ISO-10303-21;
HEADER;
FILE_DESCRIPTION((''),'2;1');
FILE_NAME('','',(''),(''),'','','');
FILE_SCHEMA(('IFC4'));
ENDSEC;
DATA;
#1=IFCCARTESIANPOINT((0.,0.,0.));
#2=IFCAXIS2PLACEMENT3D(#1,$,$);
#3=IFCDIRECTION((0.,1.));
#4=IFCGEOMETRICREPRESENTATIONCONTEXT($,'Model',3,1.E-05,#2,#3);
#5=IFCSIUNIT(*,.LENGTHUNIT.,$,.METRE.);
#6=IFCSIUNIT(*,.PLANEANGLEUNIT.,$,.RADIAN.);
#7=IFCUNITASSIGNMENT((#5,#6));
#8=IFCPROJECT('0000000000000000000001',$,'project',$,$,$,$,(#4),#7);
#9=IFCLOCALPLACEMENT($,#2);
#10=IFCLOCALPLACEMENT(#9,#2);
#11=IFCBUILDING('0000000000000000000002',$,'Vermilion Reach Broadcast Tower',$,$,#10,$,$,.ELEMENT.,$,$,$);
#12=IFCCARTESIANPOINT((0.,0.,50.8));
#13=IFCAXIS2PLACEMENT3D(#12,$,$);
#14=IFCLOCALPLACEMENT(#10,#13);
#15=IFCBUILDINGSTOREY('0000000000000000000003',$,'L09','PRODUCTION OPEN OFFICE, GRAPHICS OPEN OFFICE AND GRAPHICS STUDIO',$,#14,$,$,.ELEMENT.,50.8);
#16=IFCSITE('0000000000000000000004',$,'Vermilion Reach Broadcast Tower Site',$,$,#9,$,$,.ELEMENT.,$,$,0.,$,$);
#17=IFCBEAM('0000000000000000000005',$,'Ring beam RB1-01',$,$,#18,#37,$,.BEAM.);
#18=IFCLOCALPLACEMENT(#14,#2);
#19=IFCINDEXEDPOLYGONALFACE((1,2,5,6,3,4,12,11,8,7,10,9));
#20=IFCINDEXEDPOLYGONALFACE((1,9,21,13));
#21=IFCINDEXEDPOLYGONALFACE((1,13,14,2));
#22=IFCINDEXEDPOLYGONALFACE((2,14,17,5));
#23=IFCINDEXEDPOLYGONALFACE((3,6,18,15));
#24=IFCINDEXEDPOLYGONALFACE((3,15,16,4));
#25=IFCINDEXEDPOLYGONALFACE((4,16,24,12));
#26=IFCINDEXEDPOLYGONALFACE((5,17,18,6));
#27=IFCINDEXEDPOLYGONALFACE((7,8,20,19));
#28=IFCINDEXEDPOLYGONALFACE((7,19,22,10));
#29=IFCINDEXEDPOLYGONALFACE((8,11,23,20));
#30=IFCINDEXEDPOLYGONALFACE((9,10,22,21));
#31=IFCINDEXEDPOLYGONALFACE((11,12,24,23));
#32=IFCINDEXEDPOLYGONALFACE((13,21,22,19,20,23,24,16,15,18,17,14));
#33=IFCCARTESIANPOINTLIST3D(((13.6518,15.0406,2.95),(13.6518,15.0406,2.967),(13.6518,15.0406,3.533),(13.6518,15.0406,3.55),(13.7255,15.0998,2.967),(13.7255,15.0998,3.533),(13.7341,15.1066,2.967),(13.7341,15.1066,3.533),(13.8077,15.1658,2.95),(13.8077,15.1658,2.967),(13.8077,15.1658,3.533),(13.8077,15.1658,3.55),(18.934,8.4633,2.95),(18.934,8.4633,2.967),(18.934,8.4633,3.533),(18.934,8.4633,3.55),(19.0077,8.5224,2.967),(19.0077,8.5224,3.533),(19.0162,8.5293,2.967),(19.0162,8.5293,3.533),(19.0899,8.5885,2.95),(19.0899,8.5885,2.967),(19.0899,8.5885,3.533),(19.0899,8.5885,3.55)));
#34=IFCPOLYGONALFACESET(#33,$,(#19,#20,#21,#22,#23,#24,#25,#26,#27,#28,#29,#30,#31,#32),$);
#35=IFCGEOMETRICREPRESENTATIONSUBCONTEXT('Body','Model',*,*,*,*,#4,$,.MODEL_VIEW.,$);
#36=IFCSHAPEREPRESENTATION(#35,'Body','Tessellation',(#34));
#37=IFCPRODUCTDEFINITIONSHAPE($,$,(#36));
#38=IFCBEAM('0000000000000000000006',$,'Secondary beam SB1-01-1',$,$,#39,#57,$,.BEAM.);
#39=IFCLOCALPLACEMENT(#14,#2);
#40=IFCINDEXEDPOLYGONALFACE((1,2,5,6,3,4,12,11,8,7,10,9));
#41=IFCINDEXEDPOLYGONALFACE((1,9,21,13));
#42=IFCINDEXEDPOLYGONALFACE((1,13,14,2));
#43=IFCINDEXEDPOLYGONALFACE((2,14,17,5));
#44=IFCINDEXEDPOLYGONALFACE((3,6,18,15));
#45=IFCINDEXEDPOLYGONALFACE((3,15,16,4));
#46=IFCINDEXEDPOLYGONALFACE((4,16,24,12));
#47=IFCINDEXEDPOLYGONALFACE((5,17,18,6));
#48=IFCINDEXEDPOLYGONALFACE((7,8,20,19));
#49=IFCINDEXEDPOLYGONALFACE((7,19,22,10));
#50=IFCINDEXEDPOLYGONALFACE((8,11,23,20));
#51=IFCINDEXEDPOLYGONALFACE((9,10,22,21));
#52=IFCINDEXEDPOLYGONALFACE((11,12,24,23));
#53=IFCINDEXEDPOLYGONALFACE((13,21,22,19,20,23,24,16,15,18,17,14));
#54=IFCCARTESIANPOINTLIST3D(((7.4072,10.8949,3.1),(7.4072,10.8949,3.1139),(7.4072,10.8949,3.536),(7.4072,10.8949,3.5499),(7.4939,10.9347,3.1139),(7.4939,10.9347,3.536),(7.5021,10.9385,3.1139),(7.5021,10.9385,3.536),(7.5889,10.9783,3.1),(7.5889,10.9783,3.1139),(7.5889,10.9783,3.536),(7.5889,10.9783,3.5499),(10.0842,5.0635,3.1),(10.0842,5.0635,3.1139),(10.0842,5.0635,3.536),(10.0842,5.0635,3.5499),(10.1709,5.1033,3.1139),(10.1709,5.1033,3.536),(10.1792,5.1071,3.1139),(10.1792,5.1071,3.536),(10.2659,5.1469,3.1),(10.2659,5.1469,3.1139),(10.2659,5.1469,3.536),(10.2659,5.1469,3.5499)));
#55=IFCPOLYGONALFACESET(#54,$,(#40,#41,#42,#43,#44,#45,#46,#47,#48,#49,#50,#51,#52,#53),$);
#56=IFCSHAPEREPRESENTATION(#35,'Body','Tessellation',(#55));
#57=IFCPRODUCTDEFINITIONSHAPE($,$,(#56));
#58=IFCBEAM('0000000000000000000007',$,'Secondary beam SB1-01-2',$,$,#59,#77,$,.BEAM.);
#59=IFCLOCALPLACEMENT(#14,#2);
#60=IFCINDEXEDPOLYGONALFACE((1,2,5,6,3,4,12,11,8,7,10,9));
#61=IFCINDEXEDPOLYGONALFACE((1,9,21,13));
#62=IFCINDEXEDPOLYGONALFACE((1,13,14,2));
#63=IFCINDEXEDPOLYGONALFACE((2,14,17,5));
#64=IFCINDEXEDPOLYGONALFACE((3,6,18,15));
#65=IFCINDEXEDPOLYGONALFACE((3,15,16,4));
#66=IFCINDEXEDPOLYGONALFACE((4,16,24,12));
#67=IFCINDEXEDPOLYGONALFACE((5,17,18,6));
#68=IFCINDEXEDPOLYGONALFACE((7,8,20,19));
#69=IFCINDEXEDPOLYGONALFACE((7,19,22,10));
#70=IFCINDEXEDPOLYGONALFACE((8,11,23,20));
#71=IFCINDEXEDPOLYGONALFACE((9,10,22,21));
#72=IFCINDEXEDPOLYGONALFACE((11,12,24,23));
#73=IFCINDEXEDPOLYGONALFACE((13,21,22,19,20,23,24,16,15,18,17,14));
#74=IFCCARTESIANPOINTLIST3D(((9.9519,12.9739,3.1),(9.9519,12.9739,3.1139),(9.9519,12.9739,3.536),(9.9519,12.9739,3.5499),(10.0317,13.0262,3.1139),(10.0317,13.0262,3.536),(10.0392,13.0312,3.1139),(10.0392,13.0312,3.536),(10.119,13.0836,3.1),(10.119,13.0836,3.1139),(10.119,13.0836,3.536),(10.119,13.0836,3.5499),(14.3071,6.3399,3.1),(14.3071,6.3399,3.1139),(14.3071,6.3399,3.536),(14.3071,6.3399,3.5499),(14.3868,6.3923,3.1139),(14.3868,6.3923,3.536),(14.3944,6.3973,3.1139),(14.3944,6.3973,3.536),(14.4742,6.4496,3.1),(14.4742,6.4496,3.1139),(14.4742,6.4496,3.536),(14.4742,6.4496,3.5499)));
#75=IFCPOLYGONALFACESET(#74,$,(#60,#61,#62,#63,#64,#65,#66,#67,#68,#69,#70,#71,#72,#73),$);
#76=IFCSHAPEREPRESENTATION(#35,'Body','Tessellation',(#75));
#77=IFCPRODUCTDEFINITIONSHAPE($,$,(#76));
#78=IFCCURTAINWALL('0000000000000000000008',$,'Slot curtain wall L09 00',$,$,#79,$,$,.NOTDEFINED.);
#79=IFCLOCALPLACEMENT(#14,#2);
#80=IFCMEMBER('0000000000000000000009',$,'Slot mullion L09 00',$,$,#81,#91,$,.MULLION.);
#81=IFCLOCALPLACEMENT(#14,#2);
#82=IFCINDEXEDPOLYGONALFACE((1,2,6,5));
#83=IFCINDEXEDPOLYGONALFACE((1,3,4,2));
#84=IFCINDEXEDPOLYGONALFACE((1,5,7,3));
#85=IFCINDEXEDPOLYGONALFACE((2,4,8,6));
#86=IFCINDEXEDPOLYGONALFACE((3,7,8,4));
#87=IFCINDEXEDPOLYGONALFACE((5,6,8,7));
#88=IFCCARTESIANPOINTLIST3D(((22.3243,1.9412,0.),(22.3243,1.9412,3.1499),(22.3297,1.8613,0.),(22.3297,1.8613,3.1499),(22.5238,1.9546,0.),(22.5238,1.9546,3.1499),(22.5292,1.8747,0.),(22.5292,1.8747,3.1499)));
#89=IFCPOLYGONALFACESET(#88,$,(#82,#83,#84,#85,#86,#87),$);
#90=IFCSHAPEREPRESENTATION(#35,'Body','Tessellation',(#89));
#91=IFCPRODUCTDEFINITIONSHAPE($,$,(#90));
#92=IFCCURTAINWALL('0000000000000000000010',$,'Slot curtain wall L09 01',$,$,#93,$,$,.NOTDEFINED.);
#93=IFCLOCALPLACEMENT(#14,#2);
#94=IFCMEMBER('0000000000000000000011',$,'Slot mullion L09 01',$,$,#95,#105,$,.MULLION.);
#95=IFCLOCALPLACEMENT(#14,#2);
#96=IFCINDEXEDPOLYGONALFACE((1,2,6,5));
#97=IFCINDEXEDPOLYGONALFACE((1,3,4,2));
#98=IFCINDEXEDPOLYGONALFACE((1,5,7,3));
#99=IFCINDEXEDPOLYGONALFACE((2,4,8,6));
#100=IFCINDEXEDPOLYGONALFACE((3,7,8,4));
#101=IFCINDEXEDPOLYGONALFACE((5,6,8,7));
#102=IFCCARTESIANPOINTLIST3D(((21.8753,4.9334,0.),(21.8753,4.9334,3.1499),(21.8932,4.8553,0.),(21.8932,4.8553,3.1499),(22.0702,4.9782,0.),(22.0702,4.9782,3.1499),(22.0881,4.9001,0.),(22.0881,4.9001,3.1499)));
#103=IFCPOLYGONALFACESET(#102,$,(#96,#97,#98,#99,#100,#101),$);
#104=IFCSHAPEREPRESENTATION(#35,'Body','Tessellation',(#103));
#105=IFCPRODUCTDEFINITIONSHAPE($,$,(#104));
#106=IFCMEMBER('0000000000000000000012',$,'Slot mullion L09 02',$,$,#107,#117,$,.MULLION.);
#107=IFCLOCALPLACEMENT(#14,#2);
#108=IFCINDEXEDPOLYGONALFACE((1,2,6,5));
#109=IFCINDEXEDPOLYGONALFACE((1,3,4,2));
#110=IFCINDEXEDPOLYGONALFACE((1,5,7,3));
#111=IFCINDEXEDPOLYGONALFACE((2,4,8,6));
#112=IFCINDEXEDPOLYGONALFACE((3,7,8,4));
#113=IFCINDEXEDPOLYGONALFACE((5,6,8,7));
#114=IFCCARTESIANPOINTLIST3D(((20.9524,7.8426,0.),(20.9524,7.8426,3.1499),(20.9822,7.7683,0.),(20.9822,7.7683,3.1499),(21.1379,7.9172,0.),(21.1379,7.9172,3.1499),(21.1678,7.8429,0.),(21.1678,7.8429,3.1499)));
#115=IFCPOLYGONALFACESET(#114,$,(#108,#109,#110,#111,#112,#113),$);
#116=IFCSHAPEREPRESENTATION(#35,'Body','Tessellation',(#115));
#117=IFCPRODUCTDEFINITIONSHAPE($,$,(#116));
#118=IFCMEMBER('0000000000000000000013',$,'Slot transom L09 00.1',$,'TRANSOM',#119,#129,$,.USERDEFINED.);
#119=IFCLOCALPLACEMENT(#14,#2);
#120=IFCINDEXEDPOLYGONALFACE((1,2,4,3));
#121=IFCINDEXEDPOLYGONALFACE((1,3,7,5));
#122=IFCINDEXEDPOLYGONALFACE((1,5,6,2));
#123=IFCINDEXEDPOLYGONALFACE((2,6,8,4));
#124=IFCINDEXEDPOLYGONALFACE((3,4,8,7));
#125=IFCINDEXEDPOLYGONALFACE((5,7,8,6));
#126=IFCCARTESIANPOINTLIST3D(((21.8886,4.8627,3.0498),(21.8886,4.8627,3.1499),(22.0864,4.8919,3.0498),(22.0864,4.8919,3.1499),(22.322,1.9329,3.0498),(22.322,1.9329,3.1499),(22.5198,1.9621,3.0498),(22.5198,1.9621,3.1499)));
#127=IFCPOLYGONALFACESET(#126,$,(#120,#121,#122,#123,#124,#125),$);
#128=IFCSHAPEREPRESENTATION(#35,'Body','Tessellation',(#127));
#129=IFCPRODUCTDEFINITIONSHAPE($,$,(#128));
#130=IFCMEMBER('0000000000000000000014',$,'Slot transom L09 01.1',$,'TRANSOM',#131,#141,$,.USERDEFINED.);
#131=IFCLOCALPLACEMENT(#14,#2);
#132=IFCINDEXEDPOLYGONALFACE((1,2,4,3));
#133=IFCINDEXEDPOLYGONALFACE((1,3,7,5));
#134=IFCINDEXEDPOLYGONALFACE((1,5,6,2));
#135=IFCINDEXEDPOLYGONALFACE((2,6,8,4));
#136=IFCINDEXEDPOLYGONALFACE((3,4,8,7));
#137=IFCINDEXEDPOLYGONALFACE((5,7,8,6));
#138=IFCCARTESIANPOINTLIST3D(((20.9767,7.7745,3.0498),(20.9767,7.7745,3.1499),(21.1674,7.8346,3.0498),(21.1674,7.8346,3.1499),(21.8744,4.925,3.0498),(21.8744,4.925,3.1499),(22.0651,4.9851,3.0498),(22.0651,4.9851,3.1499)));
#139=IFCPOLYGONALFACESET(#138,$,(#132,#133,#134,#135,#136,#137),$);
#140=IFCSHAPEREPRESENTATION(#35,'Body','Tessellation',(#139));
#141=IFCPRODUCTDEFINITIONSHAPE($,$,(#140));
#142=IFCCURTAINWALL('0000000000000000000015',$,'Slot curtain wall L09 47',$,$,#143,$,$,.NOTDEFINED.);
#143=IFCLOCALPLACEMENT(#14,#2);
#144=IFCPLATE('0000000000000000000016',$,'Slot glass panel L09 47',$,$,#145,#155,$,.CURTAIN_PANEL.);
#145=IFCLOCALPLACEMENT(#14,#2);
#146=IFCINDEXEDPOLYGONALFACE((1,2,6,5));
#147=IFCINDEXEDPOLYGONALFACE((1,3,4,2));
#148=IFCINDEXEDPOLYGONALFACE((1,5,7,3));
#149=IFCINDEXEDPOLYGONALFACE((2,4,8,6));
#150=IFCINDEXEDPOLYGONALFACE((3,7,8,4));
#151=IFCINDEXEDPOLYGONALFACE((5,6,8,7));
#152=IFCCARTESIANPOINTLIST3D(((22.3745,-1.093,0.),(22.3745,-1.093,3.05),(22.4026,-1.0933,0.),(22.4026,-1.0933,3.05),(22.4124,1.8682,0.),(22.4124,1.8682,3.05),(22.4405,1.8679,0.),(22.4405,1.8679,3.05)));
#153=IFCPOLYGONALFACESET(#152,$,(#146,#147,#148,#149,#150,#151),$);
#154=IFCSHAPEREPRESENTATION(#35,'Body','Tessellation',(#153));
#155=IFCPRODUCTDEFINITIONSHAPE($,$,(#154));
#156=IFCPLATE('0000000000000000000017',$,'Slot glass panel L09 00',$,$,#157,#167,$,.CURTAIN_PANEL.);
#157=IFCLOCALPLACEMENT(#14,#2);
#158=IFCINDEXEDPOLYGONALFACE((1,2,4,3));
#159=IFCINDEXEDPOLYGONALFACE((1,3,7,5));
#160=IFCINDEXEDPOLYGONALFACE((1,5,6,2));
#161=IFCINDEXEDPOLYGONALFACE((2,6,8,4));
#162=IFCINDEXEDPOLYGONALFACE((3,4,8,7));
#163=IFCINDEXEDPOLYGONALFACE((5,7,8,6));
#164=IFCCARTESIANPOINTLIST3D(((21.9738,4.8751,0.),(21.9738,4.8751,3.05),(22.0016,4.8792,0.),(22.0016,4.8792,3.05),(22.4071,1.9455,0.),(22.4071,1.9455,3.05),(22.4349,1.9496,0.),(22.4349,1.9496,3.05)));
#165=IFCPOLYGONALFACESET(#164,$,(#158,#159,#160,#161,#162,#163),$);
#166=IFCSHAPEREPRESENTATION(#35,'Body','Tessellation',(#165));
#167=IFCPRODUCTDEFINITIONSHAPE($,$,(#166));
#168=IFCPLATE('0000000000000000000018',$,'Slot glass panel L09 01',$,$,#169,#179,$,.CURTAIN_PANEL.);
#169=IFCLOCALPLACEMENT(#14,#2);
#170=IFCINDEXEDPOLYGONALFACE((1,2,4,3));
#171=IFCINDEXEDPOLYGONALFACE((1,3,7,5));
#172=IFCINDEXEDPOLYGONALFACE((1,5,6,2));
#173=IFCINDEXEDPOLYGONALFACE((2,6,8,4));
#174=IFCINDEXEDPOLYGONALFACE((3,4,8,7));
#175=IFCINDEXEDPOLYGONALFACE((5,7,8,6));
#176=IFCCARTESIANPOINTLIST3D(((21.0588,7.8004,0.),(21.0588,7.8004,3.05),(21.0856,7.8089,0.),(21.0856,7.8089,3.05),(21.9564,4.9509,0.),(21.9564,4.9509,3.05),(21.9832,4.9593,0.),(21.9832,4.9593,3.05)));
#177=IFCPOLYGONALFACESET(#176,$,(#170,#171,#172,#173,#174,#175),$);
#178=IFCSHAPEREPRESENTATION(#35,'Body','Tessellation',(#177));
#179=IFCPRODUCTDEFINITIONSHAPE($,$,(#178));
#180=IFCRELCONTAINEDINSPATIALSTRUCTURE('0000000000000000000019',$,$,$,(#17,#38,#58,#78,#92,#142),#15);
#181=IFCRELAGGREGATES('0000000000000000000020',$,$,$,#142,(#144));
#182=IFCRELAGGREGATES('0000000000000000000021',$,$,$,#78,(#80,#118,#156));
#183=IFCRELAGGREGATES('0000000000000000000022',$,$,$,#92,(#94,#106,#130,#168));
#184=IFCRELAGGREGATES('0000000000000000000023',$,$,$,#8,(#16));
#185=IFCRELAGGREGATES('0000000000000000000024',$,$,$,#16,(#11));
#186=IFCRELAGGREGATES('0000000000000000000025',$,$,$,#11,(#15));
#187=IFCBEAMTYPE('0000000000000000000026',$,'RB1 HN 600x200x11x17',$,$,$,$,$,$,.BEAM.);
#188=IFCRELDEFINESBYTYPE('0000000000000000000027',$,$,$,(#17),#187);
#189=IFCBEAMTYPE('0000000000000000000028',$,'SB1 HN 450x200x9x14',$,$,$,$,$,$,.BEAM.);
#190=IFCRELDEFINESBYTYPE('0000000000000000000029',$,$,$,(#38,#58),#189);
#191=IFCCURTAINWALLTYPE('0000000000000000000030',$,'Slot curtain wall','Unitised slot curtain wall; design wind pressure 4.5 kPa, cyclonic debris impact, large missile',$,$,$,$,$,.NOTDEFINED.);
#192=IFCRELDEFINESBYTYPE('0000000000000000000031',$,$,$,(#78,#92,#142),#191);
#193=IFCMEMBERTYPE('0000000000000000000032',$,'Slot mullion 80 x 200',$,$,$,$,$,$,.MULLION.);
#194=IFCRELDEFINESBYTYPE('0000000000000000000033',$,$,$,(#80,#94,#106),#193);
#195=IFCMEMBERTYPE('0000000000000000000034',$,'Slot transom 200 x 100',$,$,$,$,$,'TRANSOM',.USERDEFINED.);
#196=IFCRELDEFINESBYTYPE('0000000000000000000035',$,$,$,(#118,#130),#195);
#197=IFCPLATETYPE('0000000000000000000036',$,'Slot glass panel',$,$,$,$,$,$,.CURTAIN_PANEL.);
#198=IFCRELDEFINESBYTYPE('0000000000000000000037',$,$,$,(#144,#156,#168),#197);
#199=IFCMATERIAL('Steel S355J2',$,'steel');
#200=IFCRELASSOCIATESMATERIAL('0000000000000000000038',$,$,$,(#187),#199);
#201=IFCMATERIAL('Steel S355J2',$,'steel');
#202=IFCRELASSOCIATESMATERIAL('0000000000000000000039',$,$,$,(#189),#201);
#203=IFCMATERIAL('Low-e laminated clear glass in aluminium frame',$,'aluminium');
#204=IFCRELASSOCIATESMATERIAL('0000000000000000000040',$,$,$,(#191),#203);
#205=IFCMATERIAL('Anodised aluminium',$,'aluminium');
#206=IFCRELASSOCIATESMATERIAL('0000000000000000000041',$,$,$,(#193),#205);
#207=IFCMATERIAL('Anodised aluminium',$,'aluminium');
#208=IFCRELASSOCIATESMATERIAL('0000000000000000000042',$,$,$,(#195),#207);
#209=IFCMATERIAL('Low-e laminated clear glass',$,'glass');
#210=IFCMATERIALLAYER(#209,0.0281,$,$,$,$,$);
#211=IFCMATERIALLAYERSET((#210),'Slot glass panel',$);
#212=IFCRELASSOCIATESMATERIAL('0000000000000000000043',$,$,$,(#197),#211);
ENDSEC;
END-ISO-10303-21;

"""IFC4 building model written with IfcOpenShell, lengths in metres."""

from ifc_helpers import new_model, si_unit, direction, frame, origin, origin_2d, place, context, subcontext, project, spatial, rectangle, i_section, extrude, material, layer, layer_set, material_profile, profile_set, type_object, element, aggregate, save


model = new_model("IFC4")

# Units and contexts
model_context = context("Model", 3, precision=1e-05, world=origin(), true_north=direction((0.0, 1.0)))
body_context = subcontext(model_context, "Body", "Model", "MODEL_VIEW")
ifc_project = project(units=[si_unit("LENGTHUNIT", "METRE"), si_unit("PLANEANGLEUNIT", "RADIAN")], contexts=[model_context])

# Site, building, storey
site_placement = place(None, origin())
site = spatial("IfcSite", under=ifc_project, at=site_placement, Name="Vermilion Reach Broadcast Tower Site", CompositionType="ELEMENT", RefElevation=0.0)
building_placement = place(site_placement, origin())
building = spatial("IfcBuilding", under=site, at=building_placement, Name="Vermilion Reach Broadcast Tower", CompositionType="ELEMENT")
storey_placement = place(building_placement, frame((0.0, 0.0, 50.8)))
storey = spatial("IfcBuildingStorey", under=building, at=storey_placement, Name="L09", Description="PRODUCTION OPEN OFFICE, GRAPHICS OPEN OFFICE AND GRAPHICS STUDIO", CompositionType="ELEMENT", Elevation=50.8)

# Beams
ifc_material_1 = material(Name="Steel S355J2", Category="steel")
ifc_material_profile_1 = material_profile(ifc_material_1, i_section(OverallWidth=0.2, OverallDepth=0.6001, WebThickness=0.011, FlangeThickness=0.0171, at=origin_2d()), Name="S355J2 HN 600x200x11x17")
ifc_profile_set_1 = profile_set([ifc_material_profile_1], Name="Steel S355J2")
beam_type_1 = type_object("IfcBeamType", Name="RB1 HN 600x200x11x17", PredefinedType="BEAM", material=ifc_profile_set_1)
beam_1_placement = place(storey_placement, frame((19.012, 8.5259, 3.25), z_axis=(-0.626162, 0.779693, 0.0), x_axis=(-0.779693, -0.626162, 0.0)))
element("IfcBeam", 1, at=beam_1_placement, inside=storey, type_object=beam_type_1, Name="Ring beam RB1-01", PredefinedType="BEAM", context=body_context, shape_type="SweptSolid", body=[
    extrude(i_section(OverallWidth=0.2, OverallDepth=0.6001, WebThickness=0.011, FlangeThickness=0.0171, at=origin_2d()), origin(), (0.0, 0.0, 1.0), 8.4358),
])
ifc_material_2 = material(Name="Steel S355J2", Category="steel")
ifc_material_profile_2 = material_profile(ifc_material_2, i_section(OverallWidth=0.2, OverallDepth=0.45, WebThickness=0.009, FlangeThickness=0.0139, at=origin_2d()), Name="S355J2 HN 450x200x9x14")
ifc_profile_set_2 = profile_set([ifc_material_profile_2], Name="Steel S355J2")
beam_type_2 = type_object("IfcBeamType", Name="SB1 HN 450x200x9x14", PredefinedType="BEAM", material=ifc_profile_set_2)
beam_2_placement = place(storey_placement, frame((10.175, 5.1052, 3.325), z_axis=(-0.417211, 0.908809, 0.0), x_axis=(-0.908809, -0.417211, 0.0)))
element("IfcBeam", 2, at=beam_2_placement, inside=storey, type_object=beam_type_2, Name="Secondary beam SB1-01-1", PredefinedType="BEAM", context=body_context, shape_type="SweptSolid", body=[
    extrude(i_section(OverallWidth=0.2, OverallDepth=0.45, WebThickness=0.009, FlangeThickness=0.0139, at=origin_2d()), origin(), (0.0, 0.0, 1.0), 6.4165),
])
beam_3_placement = place(storey_placement, frame((14.3906, 6.3948, 3.325), z_axis=(-0.548801, 0.835953, 0.0), x_axis=(-0.835953, -0.548801, 0.0)))
element("IfcBeam", 3, at=beam_3_placement, inside=storey, type_object=beam_type_2, Name="Secondary beam SB1-01-2", PredefinedType="BEAM", context=body_context, shape_type="SweptSolid", body=[
    extrude(i_section(OverallWidth=0.2, OverallDepth=0.45, WebThickness=0.009, FlangeThickness=0.0139, at=origin_2d()), origin(), (0.0, 0.0, 1.0), 7.9358),
])

# Curtain wall, member
ifc_material_3 = material(Name="Low-e laminated clear glass in aluminium frame", Category="aluminium")
curtain_wall_type = type_object("IfcCurtainWallType", Name="Slot curtain wall", Description="Unitised slot curtain wall; design wind pressure 4.5 kPa, cyclonic debris impact, large missile", PredefinedType="NOTDEFINED", material=ifc_material_3)
placement = place(storey_placement, origin())
curtain_wall_1 = element("IfcCurtainWall", 4, at=placement, inside=storey, type_object=curtain_wall_type, Name="Slot curtain wall L09 00", PredefinedType="NOTDEFINED")
ifc_material_4 = material(Name="Anodised aluminium", Category="aluminium")
ifc_material_profile_3 = material_profile(ifc_material_4, rectangle(XDim=0.2, YDim=0.0801, at=origin_2d()), Name="Slot mullion 80 x 200")
ifc_profile_set_3 = profile_set([ifc_material_profile_3], Name="Anodised aluminium")
member_type_1 = type_object("IfcMemberType", Name="Slot mullion 80 x 200", PredefinedType="MULLION", material=ifc_profile_set_3)
member_1_placement = place(storey_placement, frame((22.4268, 1.908, 0.0), z_axis=(0.0, 0.0, 1.0), x_axis=(-0.997755, -0.06697, 0.0)))
member_1 = element("IfcMember", 5, at=member_1_placement, type_object=member_type_1, Name="Slot mullion L09 00", PredefinedType="MULLION", context=body_context, shape_type="SweptSolid", body=[
    extrude(rectangle(XDim=0.2, YDim=0.0801, at=origin_2d()), origin(), (0.0, 0.0, 1.0), 3.1499),
])

# Curtain wall, members
curtain_wall_2 = element("IfcCurtainWall", 6, at=placement, inside=storey, type_object=curtain_wall_type, Name="Slot curtain wall L09 01", PredefinedType="NOTDEFINED")
member_2_placement = place(storey_placement, frame((21.9817, 4.9167, 0.0), z_axis=(0.0, 0.0, 1.0), x_axis=(-0.97457, -0.224082, 0.0)))
member_2 = element("IfcMember", 7, at=member_2_placement, type_object=member_type_1, Name="Slot mullion L09 01", PredefinedType="MULLION", context=body_context, shape_type="SweptSolid", body=[
    extrude(rectangle(XDim=0.2, YDim=0.0801, at=origin_2d()), origin(), (0.0, 0.0, 1.0), 3.1499),
])
member_3_placement = place(storey_placement, frame((21.0601, 7.8428, 0.0), z_axis=(0.0, 0.0, 1.0), x_axis=(-0.927749, -0.373205, 0.0)))
member_3 = element("IfcMember", 8, at=member_3_placement, type_object=member_type_1, Name="Slot mullion L09 02", PredefinedType="MULLION", context=body_context, shape_type="SweptSolid", body=[
    extrude(rectangle(XDim=0.2, YDim=0.0801, at=origin_2d()), origin(), (0.0, 0.0, 1.0), 3.1499),
])

# Members
ifc_material_5 = material(Name="Anodised aluminium", Category="aluminium")
ifc_material_profile_4 = material_profile(ifc_material_5, rectangle(XDim=0.2, YDim=0.1001, at=origin_2d()), Name="Slot transom 200 x 100")
ifc_profile_set_4 = profile_set([ifc_material_profile_4], Name="Anodised aluminium")
member_type_2 = type_object("IfcMemberType", Name="Slot transom 200 x 100", ElementType="TRANSOM", PredefinedType="USERDEFINED", material=ifc_profile_set_4)
member_4_placement = place(storey_placement, frame((22.4209, 1.9475, 3.0999), z_axis=(-0.146325, 0.989237, 0.0), x_axis=(-0.989237, -0.146325, 0.0)))
member_4 = element("IfcMember", 9, at=member_4_placement, type_object=member_type_2, Name="Slot transom L09 00.1", ObjectType="TRANSOM", PredefinedType="USERDEFINED", context=body_context, shape_type="SweptSolid", body=[
    extrude(rectangle(XDim=0.2, YDim=0.1001, at=origin_2d()), origin(), (0.0, 0.0, 1.0), 2.9617),
])
member_5_placement = place(storey_placement, frame((21.9697, 4.9551, 3.0999), z_axis=(-0.30047, 0.953791, 0.0), x_axis=(-0.953791, -0.30047, 0.0)))
member_5 = element("IfcMember", 10, at=member_5_placement, type_object=member_type_2, Name="Slot transom L09 01.1", ObjectType="TRANSOM", PredefinedType="USERDEFINED", context=body_context, shape_type="SweptSolid", body=[
    extrude(rectangle(XDim=0.2, YDim=0.1001, at=origin_2d()), origin(), (0.0, 0.0, 1.0), 2.9875),
])

# Curtain wall, plate
curtain_wall_3 = element("IfcCurtainWall", 11, at=placement, inside=storey, type_object=curtain_wall_type, Name="Slot curtain wall L09 47", PredefinedType="NOTDEFINED")
ifc_material_6 = material(Name="Low-e laminated clear glass", Category="glass")
ifc_layer_1 = layer(ifc_material_6, 0.0281)
ifc_layer_set_1 = layer_set([ifc_layer_1], Name="Slot glass panel")
plate_type = type_object("IfcPlateType", Name="Slot glass panel", PredefinedType="CURTAIN_PANEL", material=ifc_layer_set_1)
plate_1_placement = place(storey_placement, frame((22.4075, 0.3875, 0.0), z_axis=(0.0, 0.0, 1.0), x_axis=(0.012797, 0.999918, 0.0)))
plate_1 = element("IfcPlate", 12, at=plate_1_placement, type_object=plate_type, Name="Slot glass panel L09 47", PredefinedType="CURTAIN_PANEL", context=body_context, shape_type="SweptSolid", body=[
    extrude(rectangle(XDim=2.9614, YDim=0.0281, at=origin_2d()), origin(), (0.0, 0.0, 1.0), 3.05),
])
aggregate(curtain_wall_3, [plate_1])

# Plates
plate_2_placement = place(storey_placement, frame((22.2043, 3.4124, 0.0), z_axis=(0.0, 0.0, 1.0), x_axis=(-0.146311, 0.989239, 0.0)))
plate_2 = element("IfcPlate", 13, at=plate_2_placement, type_object=plate_type, Name="Slot glass panel L09 00", PredefinedType="CURTAIN_PANEL", context=body_context, shape_type="SweptSolid", body=[
    extrude(rectangle(XDim=2.9614, YDim=0.0281, at=origin_2d()), origin(), (0.0, 0.0, 1.0), 3.05),
])
aggregate(curtain_wall_1, [member_1, member_4, plate_2])
plate_3_placement = place(storey_placement, frame((21.521, 6.3799, 0.0), z_axis=(0.0, 0.0, 1.0), x_axis=(-0.300448, 0.953798, 0.0)))
plate_3 = element("IfcPlate", 14, at=plate_3_placement, type_object=plate_type, Name="Slot glass panel L09 01", PredefinedType="CURTAIN_PANEL", context=body_context, shape_type="SweptSolid", body=[
    extrude(rectangle(XDim=2.9875, YDim=0.0281, at=origin_2d()), origin(), (0.0, 0.0, 1.0), 3.05),
])
aggregate(curtain_wall_2, [member_2, member_3, member_5, plate_3])

save(model, "model.ifc")
